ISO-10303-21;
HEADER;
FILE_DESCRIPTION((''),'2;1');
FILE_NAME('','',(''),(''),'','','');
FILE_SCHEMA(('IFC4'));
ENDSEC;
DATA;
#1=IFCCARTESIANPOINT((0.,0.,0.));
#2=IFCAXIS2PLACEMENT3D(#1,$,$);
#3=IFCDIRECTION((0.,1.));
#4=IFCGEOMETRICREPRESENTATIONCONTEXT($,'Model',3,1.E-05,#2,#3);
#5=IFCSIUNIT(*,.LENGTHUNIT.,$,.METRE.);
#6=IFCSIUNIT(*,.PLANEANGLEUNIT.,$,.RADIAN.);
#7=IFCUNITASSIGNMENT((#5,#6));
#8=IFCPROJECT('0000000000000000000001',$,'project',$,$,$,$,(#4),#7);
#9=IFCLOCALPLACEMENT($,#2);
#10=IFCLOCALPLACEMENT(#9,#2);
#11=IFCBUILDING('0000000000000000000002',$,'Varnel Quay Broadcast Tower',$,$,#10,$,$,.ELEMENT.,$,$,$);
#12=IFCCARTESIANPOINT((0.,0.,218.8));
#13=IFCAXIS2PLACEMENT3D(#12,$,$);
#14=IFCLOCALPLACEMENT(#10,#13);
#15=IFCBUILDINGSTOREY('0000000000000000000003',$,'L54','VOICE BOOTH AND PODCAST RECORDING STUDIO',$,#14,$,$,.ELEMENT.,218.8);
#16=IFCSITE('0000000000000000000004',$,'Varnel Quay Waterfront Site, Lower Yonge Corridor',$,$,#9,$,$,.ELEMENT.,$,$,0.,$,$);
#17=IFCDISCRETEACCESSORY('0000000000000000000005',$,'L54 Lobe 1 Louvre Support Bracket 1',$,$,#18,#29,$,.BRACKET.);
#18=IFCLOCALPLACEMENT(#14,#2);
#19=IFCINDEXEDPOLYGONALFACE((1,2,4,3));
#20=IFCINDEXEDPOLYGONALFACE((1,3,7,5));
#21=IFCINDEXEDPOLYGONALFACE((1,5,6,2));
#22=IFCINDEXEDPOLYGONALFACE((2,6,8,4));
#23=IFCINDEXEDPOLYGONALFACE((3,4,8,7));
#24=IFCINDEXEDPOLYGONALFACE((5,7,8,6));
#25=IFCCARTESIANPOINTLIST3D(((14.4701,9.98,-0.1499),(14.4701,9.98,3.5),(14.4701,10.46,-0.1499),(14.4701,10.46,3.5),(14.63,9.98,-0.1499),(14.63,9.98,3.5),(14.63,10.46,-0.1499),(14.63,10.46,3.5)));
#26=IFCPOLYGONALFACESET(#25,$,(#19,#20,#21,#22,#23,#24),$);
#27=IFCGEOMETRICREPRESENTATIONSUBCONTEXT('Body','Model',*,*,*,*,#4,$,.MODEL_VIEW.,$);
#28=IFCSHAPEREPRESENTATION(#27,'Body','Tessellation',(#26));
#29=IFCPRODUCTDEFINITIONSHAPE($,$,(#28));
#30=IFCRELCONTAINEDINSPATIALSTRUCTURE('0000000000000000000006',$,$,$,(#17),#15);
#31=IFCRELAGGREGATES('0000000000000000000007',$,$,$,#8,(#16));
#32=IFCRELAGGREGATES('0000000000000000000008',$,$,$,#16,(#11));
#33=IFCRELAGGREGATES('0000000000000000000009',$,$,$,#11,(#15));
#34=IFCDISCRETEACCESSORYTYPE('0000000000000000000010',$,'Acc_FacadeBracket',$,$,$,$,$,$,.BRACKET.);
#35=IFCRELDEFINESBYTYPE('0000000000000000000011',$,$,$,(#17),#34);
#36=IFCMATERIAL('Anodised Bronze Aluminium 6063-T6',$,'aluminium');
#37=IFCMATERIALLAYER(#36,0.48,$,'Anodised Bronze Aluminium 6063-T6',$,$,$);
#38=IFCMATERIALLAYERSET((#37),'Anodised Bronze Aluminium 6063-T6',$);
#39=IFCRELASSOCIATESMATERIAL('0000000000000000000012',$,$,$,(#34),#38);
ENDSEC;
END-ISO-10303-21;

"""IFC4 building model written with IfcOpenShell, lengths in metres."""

from ifc_helpers import new_model, si_unit, direction, frame, origin, origin_2d, place, context, subcontext, project, spatial, rectangle, extrude, source, transform, mapped, material, layer, layer_set, type_object, type_shapes, element, save


model = new_model("IFC4")

# Units and contexts
model_context = context("Model", 3, precision=1e-05, world=origin(), true_north=direction((0.0, 1.0)))
body_context = subcontext(model_context, "Body", "Model", "MODEL_VIEW")
ifc_project = project(units=[si_unit("LENGTHUNIT", "METRE"), si_unit("PLANEANGLEUNIT", "RADIAN")], contexts=[model_context])

# Site, building, storey
site_placement = place(None, origin())
site = spatial("IfcSite", under=ifc_project, at=site_placement, Name="Varnel Quay Waterfront Site, Lower Yonge Corridor", CompositionType="ELEMENT", RefElevation=0.0)
building_placement = place(site_placement, origin())
building = spatial("IfcBuilding", under=site, at=building_placement, Name="Varnel Quay Broadcast Tower", CompositionType="ELEMENT")
storey_placement = place(building_placement, frame((0.0, 0.0, 218.8)))
storey = spatial("IfcBuildingStorey", under=building, at=storey_placement, Name="L54", Description="VOICE BOOTH AND PODCAST RECORDING STUDIO", CompositionType="ELEMENT", Elevation=218.8)

# Shared definitions
ifc_material_1 = material(Name="Anodised Bronze Aluminium 6063-T6", Category="aluminium")

# Discrete accessory
ifc_layer_1 = layer(ifc_material_1, 0.48, Name="Anodised Bronze Aluminium 6063-T6")
ifc_layer_set_1 = layer_set([ifc_layer_1], Name="Anodised Bronze Aluminium 6063-T6")
discrete_accessory_type = type_object("IfcDiscreteAccessoryType", Name="Acc_FacadeBracket", PredefinedType="BRACKET", material=ifc_layer_set_1)
shared_shape_1 = source(origin(), body_context, "Body", "SweptSolid", [
    extrude(rectangle(XDim=0.1599, YDim=0.48, at=origin_2d()), origin(), (0.0, 0.0, 1.0), 3.6499),
])
type_shapes(discrete_accessory_type, [shared_shape_1])
discrete_accessory_placement = place(storey_placement, frame((14.55, 10.22, -0.1499), z_axis=(0.0, 0.0, 1.0), x_axis=(1.0, 0.0, 0.0)))
element("IfcDiscreteAccessory", 1, at=discrete_accessory_placement, inside=storey, type_object=discrete_accessory_type, Name="L54 Lobe 1 Louvre Support Bracket 1", PredefinedType="BRACKET", context=body_context, shape_type="MappedRepresentation", body=[
    mapped(shared_shape_1, transform((0.0, 0.0, 0.0), x_axis=(1.0, 0.0, 0.0), y_axis=(0.0, 1.0, 0.0), z_axis=(0.0, 0.0, 1.0), scale=1.0)),
])

save(model, "model.ifc")
